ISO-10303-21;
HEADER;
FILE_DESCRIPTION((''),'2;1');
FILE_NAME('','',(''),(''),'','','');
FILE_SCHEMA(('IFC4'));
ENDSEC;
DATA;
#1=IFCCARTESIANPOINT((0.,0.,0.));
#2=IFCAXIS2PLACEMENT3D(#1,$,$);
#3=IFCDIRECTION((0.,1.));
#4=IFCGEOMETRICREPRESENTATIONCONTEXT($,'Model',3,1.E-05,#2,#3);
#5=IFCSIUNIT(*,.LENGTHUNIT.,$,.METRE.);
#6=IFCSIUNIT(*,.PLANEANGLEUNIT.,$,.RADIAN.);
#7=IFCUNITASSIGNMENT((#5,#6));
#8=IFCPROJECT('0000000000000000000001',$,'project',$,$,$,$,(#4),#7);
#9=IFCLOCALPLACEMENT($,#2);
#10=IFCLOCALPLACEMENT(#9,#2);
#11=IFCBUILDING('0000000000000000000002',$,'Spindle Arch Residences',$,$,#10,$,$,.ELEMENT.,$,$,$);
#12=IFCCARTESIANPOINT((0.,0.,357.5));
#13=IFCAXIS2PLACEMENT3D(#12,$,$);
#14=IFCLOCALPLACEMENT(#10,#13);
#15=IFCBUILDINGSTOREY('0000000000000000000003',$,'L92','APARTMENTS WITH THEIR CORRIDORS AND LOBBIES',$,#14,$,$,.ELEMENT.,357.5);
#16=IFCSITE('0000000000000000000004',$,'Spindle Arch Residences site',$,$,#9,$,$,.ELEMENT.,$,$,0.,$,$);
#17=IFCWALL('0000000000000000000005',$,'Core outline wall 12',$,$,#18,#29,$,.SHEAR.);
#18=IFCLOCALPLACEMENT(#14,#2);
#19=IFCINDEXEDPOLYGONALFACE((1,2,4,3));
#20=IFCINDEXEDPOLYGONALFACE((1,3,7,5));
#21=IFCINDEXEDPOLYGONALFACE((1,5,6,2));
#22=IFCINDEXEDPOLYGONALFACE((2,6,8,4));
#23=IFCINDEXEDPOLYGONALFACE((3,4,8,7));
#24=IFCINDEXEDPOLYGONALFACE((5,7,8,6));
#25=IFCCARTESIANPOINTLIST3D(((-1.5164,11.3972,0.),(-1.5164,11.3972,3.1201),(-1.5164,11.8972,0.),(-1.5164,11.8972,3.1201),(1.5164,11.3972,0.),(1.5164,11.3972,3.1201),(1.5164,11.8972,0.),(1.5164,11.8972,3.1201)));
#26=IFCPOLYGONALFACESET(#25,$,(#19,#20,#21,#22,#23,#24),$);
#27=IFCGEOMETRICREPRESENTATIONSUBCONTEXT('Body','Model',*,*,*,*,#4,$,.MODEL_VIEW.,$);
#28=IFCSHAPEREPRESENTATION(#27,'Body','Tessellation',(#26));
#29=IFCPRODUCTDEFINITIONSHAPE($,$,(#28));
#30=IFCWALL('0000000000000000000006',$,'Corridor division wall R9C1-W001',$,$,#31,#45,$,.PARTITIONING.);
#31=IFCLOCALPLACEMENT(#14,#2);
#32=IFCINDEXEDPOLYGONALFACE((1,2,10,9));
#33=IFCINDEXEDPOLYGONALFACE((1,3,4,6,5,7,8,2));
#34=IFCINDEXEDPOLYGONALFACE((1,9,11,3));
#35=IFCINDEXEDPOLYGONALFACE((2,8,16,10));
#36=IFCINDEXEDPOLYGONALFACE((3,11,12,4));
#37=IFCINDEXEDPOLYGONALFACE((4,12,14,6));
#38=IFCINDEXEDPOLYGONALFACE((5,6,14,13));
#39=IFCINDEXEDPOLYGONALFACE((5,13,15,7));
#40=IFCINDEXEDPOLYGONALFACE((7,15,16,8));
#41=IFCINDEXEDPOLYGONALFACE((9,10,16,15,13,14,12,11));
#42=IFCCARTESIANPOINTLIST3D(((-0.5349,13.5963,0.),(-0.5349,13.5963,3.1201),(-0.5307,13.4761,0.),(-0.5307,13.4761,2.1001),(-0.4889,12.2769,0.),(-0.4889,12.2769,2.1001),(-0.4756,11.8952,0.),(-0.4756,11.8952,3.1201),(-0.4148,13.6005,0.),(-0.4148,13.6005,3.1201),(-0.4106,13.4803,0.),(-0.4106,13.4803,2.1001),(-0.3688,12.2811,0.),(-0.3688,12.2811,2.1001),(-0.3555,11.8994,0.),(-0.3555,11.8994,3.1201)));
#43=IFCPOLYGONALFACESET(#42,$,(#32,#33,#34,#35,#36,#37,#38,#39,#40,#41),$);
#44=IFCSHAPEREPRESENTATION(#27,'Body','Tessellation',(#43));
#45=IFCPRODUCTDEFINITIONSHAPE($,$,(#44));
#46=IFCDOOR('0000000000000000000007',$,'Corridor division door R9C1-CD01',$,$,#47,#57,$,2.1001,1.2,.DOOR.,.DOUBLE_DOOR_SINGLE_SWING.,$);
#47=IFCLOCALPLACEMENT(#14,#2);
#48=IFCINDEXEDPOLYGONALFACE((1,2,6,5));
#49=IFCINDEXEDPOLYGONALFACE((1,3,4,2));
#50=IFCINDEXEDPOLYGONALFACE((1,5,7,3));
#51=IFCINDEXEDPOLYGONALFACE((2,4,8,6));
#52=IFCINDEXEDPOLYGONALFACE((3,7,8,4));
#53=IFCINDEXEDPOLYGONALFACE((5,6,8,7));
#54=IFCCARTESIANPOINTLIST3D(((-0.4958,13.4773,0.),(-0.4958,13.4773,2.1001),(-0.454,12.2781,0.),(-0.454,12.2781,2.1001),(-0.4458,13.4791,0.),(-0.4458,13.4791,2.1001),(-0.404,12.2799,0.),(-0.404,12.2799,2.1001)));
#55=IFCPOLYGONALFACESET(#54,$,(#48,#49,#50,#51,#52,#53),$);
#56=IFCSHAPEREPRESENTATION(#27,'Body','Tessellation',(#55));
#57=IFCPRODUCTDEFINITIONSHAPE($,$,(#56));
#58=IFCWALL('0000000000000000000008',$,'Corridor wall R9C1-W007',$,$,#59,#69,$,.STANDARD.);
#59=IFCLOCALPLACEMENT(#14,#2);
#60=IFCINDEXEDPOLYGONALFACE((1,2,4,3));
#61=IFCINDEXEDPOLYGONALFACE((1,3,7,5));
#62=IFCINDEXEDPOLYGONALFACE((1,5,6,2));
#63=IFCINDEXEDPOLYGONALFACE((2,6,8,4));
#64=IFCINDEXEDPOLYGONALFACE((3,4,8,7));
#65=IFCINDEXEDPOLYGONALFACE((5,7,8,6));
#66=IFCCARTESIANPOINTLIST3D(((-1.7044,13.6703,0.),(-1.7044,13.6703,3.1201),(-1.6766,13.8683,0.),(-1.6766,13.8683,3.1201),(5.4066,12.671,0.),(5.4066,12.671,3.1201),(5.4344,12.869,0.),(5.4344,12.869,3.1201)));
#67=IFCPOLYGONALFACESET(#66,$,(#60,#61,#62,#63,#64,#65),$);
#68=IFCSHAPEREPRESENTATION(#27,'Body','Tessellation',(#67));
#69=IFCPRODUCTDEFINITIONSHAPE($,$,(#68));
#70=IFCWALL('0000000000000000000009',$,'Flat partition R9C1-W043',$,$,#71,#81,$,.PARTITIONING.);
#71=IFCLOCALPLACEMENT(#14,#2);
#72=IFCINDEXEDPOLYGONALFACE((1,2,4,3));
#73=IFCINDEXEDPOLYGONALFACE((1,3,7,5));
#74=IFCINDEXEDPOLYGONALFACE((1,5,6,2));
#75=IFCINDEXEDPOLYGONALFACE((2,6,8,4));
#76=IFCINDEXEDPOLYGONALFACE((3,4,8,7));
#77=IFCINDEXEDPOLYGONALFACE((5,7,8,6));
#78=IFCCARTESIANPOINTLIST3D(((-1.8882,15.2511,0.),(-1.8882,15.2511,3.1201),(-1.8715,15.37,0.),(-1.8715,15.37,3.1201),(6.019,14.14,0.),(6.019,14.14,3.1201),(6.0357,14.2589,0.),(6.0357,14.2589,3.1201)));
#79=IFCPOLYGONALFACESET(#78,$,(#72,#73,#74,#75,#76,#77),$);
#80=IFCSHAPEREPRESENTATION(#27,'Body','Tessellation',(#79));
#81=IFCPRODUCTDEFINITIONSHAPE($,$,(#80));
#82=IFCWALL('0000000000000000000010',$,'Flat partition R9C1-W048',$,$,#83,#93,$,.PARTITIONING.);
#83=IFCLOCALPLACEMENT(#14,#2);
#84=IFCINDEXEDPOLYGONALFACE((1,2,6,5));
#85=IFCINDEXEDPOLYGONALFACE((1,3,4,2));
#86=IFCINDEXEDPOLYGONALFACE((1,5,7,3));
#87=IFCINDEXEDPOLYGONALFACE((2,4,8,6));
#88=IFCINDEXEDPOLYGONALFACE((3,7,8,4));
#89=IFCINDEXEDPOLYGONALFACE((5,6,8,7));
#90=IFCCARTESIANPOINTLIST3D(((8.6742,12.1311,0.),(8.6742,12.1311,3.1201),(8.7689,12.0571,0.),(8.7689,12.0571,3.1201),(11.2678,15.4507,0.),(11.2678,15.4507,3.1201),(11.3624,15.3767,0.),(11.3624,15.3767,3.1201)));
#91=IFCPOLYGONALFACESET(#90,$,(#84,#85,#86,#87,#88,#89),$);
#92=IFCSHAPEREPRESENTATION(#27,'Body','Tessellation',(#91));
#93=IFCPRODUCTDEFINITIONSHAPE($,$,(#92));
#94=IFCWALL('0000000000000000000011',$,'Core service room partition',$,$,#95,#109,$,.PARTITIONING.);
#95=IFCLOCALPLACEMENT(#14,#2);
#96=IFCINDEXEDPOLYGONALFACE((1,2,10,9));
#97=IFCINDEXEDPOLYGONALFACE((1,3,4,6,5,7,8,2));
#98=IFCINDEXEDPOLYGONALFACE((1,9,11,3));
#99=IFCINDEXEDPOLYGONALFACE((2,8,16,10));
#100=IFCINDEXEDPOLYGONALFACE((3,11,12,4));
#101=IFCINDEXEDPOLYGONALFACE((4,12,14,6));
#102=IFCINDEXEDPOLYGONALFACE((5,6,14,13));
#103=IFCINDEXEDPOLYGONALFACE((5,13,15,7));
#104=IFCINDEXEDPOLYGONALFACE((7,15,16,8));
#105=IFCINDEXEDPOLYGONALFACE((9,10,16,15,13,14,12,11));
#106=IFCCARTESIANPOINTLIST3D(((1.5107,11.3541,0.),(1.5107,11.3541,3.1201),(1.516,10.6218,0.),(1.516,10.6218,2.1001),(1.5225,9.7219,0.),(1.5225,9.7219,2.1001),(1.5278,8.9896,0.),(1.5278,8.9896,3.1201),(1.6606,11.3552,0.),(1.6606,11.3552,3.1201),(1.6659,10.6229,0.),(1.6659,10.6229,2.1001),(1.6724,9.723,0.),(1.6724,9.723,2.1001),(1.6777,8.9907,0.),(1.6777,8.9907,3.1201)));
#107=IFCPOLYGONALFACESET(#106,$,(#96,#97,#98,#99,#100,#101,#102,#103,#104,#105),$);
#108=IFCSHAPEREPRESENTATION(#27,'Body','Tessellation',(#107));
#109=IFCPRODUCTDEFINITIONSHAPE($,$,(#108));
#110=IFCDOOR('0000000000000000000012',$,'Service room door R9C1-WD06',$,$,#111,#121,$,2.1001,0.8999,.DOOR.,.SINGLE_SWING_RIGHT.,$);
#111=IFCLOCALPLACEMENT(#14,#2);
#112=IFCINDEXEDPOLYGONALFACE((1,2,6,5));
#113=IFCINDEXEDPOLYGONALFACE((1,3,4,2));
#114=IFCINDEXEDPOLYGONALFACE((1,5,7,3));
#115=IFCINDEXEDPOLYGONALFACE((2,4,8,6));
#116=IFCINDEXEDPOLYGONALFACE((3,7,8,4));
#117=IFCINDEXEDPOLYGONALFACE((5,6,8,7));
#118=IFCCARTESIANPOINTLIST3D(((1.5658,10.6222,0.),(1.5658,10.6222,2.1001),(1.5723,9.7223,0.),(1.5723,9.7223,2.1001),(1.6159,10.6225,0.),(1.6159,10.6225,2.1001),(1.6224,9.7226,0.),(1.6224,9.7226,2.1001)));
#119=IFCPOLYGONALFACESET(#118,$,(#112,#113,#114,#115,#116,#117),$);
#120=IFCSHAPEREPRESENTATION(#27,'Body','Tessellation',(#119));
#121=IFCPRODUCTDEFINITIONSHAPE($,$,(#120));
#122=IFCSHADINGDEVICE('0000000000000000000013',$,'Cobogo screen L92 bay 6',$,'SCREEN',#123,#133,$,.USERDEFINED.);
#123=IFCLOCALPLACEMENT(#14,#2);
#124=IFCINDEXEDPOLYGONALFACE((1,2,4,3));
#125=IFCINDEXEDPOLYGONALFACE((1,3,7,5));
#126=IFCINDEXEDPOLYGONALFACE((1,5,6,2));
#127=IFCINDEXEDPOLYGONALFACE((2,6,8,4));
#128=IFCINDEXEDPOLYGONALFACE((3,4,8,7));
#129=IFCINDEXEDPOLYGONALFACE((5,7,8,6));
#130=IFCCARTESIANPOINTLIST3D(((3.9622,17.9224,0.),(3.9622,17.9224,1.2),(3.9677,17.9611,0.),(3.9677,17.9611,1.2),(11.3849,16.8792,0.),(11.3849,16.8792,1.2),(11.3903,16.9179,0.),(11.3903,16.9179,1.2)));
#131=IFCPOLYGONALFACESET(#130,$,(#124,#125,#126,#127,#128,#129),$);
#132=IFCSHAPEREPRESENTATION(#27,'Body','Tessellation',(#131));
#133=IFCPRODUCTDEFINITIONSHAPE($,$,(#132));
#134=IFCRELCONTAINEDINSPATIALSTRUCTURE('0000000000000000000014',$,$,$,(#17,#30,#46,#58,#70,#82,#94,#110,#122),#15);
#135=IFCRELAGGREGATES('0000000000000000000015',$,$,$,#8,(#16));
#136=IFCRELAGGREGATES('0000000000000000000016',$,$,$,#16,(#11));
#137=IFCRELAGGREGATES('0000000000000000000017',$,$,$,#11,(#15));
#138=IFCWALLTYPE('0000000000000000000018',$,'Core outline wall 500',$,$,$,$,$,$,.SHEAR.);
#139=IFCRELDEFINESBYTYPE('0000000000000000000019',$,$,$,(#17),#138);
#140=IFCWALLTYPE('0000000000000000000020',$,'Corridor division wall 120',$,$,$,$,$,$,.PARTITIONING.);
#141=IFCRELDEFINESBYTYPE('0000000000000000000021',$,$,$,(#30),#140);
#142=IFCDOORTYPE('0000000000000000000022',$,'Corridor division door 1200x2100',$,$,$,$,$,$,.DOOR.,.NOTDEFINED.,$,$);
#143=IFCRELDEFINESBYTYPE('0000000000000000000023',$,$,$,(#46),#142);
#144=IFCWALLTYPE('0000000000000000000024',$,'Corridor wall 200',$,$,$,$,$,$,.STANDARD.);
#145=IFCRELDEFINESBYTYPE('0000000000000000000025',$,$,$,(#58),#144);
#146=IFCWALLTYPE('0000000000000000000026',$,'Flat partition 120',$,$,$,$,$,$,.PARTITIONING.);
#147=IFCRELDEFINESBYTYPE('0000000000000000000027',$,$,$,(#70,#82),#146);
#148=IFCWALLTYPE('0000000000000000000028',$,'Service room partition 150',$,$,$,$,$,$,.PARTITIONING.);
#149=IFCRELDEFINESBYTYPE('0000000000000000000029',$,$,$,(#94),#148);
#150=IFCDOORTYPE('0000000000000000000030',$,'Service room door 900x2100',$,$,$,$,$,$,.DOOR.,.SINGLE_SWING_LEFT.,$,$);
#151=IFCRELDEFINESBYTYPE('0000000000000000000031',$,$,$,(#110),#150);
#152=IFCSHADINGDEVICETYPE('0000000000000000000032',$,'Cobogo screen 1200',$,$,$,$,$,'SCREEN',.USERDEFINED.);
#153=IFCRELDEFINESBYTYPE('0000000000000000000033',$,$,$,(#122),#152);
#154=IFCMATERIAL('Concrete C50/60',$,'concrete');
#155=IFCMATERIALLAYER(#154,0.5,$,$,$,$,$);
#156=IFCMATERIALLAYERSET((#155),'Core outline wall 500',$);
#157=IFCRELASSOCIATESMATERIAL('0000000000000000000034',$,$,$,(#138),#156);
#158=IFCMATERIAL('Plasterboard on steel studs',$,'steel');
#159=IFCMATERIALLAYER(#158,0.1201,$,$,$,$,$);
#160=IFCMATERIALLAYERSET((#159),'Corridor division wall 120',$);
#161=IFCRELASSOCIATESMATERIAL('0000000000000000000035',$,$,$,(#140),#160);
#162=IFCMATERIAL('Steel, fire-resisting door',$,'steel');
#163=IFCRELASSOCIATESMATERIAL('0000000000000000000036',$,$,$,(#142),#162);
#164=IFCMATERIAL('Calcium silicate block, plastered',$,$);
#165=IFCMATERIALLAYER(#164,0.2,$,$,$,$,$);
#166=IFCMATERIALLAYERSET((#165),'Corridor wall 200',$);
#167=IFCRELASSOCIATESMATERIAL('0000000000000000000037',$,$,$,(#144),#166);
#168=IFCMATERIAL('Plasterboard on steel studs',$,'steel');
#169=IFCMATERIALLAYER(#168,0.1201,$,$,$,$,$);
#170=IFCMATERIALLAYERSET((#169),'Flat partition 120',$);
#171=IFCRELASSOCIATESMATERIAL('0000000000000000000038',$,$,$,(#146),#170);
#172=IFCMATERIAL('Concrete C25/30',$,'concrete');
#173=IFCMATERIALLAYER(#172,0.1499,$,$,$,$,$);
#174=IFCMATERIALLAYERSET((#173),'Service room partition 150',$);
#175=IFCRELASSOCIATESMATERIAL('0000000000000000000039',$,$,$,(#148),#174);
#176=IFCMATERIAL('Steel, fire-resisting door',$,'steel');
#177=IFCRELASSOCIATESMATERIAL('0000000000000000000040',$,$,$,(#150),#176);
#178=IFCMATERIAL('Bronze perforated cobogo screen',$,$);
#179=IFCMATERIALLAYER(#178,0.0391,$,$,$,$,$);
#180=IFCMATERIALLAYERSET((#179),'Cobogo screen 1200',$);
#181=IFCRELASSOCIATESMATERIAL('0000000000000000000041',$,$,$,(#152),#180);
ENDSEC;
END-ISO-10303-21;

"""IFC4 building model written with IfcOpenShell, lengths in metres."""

from ifc_helpers import new_model, si_unit, direction, frame, frame_2d, origin, origin_2d, place, context, subcontext, project, spatial, rectangle, extrude, material, layer, layer_set, type_object, element, fill, save


model = new_model("IFC4")

# Units and contexts
model_context = context("Model", 3, precision=1e-05, world=origin(), true_north=direction((0.0, 1.0)))
body_context = subcontext(model_context, "Body", "Model", "MODEL_VIEW")
ifc_project = project(units=[si_unit("LENGTHUNIT", "METRE"), si_unit("PLANEANGLEUNIT", "RADIAN")], contexts=[model_context])

# Site, building, storey
site_placement = place(None, origin())
site = spatial("IfcSite", under=ifc_project, at=site_placement, Name="Spindle Arch Residences site", CompositionType="ELEMENT", RefElevation=0.0)
building_placement = place(site_placement, origin())
building = spatial("IfcBuilding", under=site, at=building_placement, Name="Spindle Arch Residences", CompositionType="ELEMENT")
storey_placement = place(building_placement, frame((0.0, 0.0, 357.5)))
storey = spatial("IfcBuildingStorey", under=building, at=storey_placement, Name="L92", Description="APARTMENTS WITH THEIR CORRIDORS AND LOBBIES", CompositionType="ELEMENT", Elevation=357.5)

# Wall
ifc_material_1 = material(Name="Concrete C50/60", Category="concrete")
ifc_layer_1 = layer(ifc_material_1, 0.5)
ifc_layer_set_1 = layer_set([ifc_layer_1], Name="Core outline wall 500")
wall_type_1 = type_object("IfcWallType", Name="Core outline wall 500", PredefinedType="SHEAR", material=ifc_layer_set_1)
wall_1_placement = place(storey_placement, frame((1.5164, 11.6472, 0.0), z_axis=(0.0, 0.0, 1.0), x_axis=(-1.0, 0.0, 0.0)))
element("IfcWall", 1, at=wall_1_placement, inside=storey, type_object=wall_type_1, Name="Core outline wall 12", PredefinedType="SHEAR", context=body_context, shape_type="SweptSolid", body=[
    extrude(rectangle(XDim=3.0327, YDim=0.5, at=frame_2d((1.5164, 0.0))), origin(), (0.0, 0.0, 1.0), 3.1201),
])

# Wall, opening, door
ifc_material_2 = material(Name="Plasterboard on steel studs", Category="steel")
ifc_layer_2 = layer(ifc_material_2, 0.1201)
ifc_layer_set_2 = layer_set([ifc_layer_2], Name="Corridor division wall 120")
wall_type_2 = type_object("IfcWallType", Name="Corridor division wall 120", PredefinedType="PARTITIONING", material=ifc_layer_set_2)
wall_2_placement = place(storey_placement, frame((-0.4749, 13.5984, 0.0), z_axis=(0.0, 0.0, 1.0), x_axis=(0.034853, -0.999392, 0.0)))
wall_2 = element("IfcWall", 2, at=wall_2_placement, inside=storey, type_object=wall_type_2, Name="Corridor division wall R9C1-W001", PredefinedType="PARTITIONING", context=body_context, shape_type="SweptSolid", body=[
    extrude(rectangle(XDim=1.7021, YDim=0.1201, at=frame_2d((0.8511, 0.0))), origin(), (0.0, 0.0, 1.0), 3.1201),
])
opening_1_placement = place(wall_2_placement, frame((0.1201, 0.0, 0.0)))
opening_1 = element("IfcOpeningElement", 3, at=opening_1_placement, cuts=wall_2, PredefinedType="OPENING", context=body_context, shape_type="SweptSolid", body=[
    extrude(rectangle(XDim=1.2, YDim=2.1001, at=frame_2d((0.6001, 1.05))), frame((0.0, 0.0701, 0.0), z_axis=(0.0, -1.0, 0.0), x_axis=(1.0, 0.0, 0.0)), (0.0, 0.0, 1.0), 0.1401),
])
ifc_material_3 = material(Name="Steel, fire-resisting door", Category="steel")
door_type_1 = type_object("IfcDoorType", Name="Corridor division door 1200x2100", OperationType="NOTDEFINED", PredefinedType="DOOR", material=ifc_material_3)
door_1_placement = place(opening_1_placement, origin())
door_1 = element("IfcDoor", 4, at=door_1_placement, inside=storey, type_object=door_type_1, Name="Corridor division door R9C1-CD01", OperationType="DOUBLE_DOOR_SINGLE_SWING", OverallHeight=2.1001, OverallWidth=1.2, PredefinedType="DOOR", context=body_context, shape_type="SweptSolid", body=[
    extrude(rectangle(XDim=1.2, YDim=2.1001, at=frame_2d((0.6001, 1.05))), frame((0.0, 0.0249, 0.0), z_axis=(0.0, -1.0, 0.0), x_axis=(1.0, 0.0, 0.0)), (0.0, 0.0, 1.0), 0.05),
])
fill(opening_1, door_1)

# Walls
ifc_material_4 = material(Name="Calcium silicate block, plastered")
ifc_layer_3 = layer(ifc_material_4, 0.2)
ifc_layer_set_3 = layer_set([ifc_layer_3], Name="Corridor wall 200")
wall_type_3 = type_object("IfcWallType", Name="Corridor wall 200", PredefinedType="STANDARD", material=ifc_layer_set_3)
wall_3_placement = place(storey_placement, frame((5.4204, 12.77, 0.0), z_axis=(0.0, 0.0, 1.0), x_axis=(-0.990271, 0.139155, 0.0)))
element("IfcWall", 5, at=wall_3_placement, inside=storey, type_object=wall_type_3, Name="Corridor wall R9C1-W007", PredefinedType="STANDARD", context=body_context, shape_type="SweptSolid", body=[
    extrude(rectangle(XDim=7.1809, YDim=0.2, at=frame_2d((3.5903, 0.0))), origin(), (0.0, 0.0, 1.0), 3.1201),
])
ifc_material_5 = material(Name="Plasterboard on steel studs", Category="steel")
ifc_layer_4 = layer(ifc_material_5, 0.1201)
ifc_layer_set_4 = layer_set([ifc_layer_4], Name="Flat partition 120")
wall_type_4 = type_object("IfcWallType", Name="Flat partition 120", PredefinedType="PARTITIONING", material=ifc_layer_set_4)
wall_4_placement = place(storey_placement, frame((6.0273, 14.1995, 0.0), z_axis=(0.0, 0.0, 1.0), x_axis=(-0.990272, 0.139148, 0.0)))
element("IfcWall", 6, at=wall_4_placement, inside=storey, type_object=wall_type_4, Name="Flat partition R9C1-W043", PredefinedType="PARTITIONING", context=body_context, shape_type="SweptSolid", body=[
    extrude(rectangle(XDim=7.9849, YDim=0.1201, at=frame_2d((3.9924, 0.0))), origin(), (0.0, 0.0, 1.0), 3.1201),
])
wall_5_placement = place(storey_placement, frame((11.3152, 15.4138, 0.0), z_axis=(0.0, 0.0, 1.0), x_axis=(-0.615656, -0.788015, 0.0)))
element("IfcWall", 7, at=wall_5_placement, inside=storey, type_object=wall_type_4, Name="Flat partition R9C1-W048", PredefinedType="PARTITIONING", context=body_context, shape_type="SweptSolid", body=[
    extrude(rectangle(XDim=4.2126, YDim=0.1201, at=frame_2d((2.1064, 0.0))), origin(), (0.0, 0.0, 1.0), 3.1201),
])

# Wall, opening, door
ifc_material_6 = material(Name="Concrete C25/30", Category="concrete")
ifc_layer_5 = layer(ifc_material_6, 0.1499)
ifc_layer_set_5 = layer_set([ifc_layer_5], Name="Service room partition 150")
wall_type_5 = type_object("IfcWallType", Name="Service room partition 150", PredefinedType="PARTITIONING", material=ifc_layer_set_5)
wall_6_placement = place(storey_placement, frame((1.5857, 11.3545, 0.0), z_axis=(0.0, 0.0, 1.0), x_axis=(0.007227, -0.999974, 0.0)))
wall_6 = element("IfcWall", 8, at=wall_6_placement, inside=storey, type_object=wall_type_5, Name="Core service room partition", PredefinedType="PARTITIONING", context=body_context, shape_type="SweptSolid", body=[
    extrude(rectangle(XDim=2.3645, YDim=0.1499, at=frame_2d((1.1821, 0.0))), origin(), (0.0, 0.0, 1.0), 3.1201),
])
opening_2_placement = place(wall_6_placement, frame((0.7322, 0.0, 0.0)))
opening_2 = element("IfcOpeningElement", 9, at=opening_2_placement, cuts=wall_6, PredefinedType="OPENING", context=body_context, shape_type="SweptSolid", body=[
    extrude(rectangle(XDim=0.8999, YDim=2.1001, at=frame_2d((0.45, 1.05))), frame((0.0, 0.085, 0.0), z_axis=(0.0, -1.0, 0.0), x_axis=(1.0, 0.0, 0.0)), (0.0, 0.0, 1.0), 0.1699),
])
ifc_material_7 = material(Name="Steel, fire-resisting door", Category="steel")
door_type_2 = type_object("IfcDoorType", Name="Service room door 900x2100", OperationType="SINGLE_SWING_LEFT", PredefinedType="DOOR", material=ifc_material_7)
door_2_placement = place(opening_2_placement, origin())
door_2 = element("IfcDoor", 10, at=door_2_placement, inside=storey, type_object=door_type_2, Name="Service room door R9C1-WD06", OperationType="SINGLE_SWING_RIGHT", OverallHeight=2.1001, OverallWidth=0.8999, PredefinedType="DOOR", context=body_context, shape_type="SweptSolid", body=[
    extrude(rectangle(XDim=0.8999, YDim=2.1001, at=frame_2d((0.45, 1.05))), frame((0.0, 0.0249, 0.0), z_axis=(0.0, -1.0, 0.0), x_axis=(1.0, 0.0, 0.0)), (0.0, 0.0, 1.0), 0.05),
])
fill(opening_2, door_2)

# Shading device
ifc_material_8 = material(Name="Bronze perforated cobogo screen")
ifc_layer_6 = layer(ifc_material_8, 0.0391)
ifc_layer_set_6 = layer_set([ifc_layer_6], Name="Cobogo screen 1200")
shading_device_type = type_object("IfcShadingDeviceType", Name="Cobogo screen 1200", ElementType="SCREEN", PredefinedType="USERDEFINED", material=ifc_layer_set_6)
shading_device_placement = place(storey_placement, frame((7.6763, 17.4202, 0.0), z_axis=(0.0, 0.0, 1.0), x_axis=(-0.990268, 0.139173, 0.0)))
element("IfcShadingDevice", 11, at=shading_device_placement, inside=storey, type_object=shading_device_type, Name="Cobogo screen L92 bay 6", ObjectType="SCREEN", PredefinedType="USERDEFINED", context=body_context, shape_type="SweptSolid", body=[
    extrude(rectangle(XDim=7.4956, YDim=0.0391, at=origin_2d()), origin(), (0.0, 0.0, 1.0), 1.2),
])

save(model, "model.ifc")
